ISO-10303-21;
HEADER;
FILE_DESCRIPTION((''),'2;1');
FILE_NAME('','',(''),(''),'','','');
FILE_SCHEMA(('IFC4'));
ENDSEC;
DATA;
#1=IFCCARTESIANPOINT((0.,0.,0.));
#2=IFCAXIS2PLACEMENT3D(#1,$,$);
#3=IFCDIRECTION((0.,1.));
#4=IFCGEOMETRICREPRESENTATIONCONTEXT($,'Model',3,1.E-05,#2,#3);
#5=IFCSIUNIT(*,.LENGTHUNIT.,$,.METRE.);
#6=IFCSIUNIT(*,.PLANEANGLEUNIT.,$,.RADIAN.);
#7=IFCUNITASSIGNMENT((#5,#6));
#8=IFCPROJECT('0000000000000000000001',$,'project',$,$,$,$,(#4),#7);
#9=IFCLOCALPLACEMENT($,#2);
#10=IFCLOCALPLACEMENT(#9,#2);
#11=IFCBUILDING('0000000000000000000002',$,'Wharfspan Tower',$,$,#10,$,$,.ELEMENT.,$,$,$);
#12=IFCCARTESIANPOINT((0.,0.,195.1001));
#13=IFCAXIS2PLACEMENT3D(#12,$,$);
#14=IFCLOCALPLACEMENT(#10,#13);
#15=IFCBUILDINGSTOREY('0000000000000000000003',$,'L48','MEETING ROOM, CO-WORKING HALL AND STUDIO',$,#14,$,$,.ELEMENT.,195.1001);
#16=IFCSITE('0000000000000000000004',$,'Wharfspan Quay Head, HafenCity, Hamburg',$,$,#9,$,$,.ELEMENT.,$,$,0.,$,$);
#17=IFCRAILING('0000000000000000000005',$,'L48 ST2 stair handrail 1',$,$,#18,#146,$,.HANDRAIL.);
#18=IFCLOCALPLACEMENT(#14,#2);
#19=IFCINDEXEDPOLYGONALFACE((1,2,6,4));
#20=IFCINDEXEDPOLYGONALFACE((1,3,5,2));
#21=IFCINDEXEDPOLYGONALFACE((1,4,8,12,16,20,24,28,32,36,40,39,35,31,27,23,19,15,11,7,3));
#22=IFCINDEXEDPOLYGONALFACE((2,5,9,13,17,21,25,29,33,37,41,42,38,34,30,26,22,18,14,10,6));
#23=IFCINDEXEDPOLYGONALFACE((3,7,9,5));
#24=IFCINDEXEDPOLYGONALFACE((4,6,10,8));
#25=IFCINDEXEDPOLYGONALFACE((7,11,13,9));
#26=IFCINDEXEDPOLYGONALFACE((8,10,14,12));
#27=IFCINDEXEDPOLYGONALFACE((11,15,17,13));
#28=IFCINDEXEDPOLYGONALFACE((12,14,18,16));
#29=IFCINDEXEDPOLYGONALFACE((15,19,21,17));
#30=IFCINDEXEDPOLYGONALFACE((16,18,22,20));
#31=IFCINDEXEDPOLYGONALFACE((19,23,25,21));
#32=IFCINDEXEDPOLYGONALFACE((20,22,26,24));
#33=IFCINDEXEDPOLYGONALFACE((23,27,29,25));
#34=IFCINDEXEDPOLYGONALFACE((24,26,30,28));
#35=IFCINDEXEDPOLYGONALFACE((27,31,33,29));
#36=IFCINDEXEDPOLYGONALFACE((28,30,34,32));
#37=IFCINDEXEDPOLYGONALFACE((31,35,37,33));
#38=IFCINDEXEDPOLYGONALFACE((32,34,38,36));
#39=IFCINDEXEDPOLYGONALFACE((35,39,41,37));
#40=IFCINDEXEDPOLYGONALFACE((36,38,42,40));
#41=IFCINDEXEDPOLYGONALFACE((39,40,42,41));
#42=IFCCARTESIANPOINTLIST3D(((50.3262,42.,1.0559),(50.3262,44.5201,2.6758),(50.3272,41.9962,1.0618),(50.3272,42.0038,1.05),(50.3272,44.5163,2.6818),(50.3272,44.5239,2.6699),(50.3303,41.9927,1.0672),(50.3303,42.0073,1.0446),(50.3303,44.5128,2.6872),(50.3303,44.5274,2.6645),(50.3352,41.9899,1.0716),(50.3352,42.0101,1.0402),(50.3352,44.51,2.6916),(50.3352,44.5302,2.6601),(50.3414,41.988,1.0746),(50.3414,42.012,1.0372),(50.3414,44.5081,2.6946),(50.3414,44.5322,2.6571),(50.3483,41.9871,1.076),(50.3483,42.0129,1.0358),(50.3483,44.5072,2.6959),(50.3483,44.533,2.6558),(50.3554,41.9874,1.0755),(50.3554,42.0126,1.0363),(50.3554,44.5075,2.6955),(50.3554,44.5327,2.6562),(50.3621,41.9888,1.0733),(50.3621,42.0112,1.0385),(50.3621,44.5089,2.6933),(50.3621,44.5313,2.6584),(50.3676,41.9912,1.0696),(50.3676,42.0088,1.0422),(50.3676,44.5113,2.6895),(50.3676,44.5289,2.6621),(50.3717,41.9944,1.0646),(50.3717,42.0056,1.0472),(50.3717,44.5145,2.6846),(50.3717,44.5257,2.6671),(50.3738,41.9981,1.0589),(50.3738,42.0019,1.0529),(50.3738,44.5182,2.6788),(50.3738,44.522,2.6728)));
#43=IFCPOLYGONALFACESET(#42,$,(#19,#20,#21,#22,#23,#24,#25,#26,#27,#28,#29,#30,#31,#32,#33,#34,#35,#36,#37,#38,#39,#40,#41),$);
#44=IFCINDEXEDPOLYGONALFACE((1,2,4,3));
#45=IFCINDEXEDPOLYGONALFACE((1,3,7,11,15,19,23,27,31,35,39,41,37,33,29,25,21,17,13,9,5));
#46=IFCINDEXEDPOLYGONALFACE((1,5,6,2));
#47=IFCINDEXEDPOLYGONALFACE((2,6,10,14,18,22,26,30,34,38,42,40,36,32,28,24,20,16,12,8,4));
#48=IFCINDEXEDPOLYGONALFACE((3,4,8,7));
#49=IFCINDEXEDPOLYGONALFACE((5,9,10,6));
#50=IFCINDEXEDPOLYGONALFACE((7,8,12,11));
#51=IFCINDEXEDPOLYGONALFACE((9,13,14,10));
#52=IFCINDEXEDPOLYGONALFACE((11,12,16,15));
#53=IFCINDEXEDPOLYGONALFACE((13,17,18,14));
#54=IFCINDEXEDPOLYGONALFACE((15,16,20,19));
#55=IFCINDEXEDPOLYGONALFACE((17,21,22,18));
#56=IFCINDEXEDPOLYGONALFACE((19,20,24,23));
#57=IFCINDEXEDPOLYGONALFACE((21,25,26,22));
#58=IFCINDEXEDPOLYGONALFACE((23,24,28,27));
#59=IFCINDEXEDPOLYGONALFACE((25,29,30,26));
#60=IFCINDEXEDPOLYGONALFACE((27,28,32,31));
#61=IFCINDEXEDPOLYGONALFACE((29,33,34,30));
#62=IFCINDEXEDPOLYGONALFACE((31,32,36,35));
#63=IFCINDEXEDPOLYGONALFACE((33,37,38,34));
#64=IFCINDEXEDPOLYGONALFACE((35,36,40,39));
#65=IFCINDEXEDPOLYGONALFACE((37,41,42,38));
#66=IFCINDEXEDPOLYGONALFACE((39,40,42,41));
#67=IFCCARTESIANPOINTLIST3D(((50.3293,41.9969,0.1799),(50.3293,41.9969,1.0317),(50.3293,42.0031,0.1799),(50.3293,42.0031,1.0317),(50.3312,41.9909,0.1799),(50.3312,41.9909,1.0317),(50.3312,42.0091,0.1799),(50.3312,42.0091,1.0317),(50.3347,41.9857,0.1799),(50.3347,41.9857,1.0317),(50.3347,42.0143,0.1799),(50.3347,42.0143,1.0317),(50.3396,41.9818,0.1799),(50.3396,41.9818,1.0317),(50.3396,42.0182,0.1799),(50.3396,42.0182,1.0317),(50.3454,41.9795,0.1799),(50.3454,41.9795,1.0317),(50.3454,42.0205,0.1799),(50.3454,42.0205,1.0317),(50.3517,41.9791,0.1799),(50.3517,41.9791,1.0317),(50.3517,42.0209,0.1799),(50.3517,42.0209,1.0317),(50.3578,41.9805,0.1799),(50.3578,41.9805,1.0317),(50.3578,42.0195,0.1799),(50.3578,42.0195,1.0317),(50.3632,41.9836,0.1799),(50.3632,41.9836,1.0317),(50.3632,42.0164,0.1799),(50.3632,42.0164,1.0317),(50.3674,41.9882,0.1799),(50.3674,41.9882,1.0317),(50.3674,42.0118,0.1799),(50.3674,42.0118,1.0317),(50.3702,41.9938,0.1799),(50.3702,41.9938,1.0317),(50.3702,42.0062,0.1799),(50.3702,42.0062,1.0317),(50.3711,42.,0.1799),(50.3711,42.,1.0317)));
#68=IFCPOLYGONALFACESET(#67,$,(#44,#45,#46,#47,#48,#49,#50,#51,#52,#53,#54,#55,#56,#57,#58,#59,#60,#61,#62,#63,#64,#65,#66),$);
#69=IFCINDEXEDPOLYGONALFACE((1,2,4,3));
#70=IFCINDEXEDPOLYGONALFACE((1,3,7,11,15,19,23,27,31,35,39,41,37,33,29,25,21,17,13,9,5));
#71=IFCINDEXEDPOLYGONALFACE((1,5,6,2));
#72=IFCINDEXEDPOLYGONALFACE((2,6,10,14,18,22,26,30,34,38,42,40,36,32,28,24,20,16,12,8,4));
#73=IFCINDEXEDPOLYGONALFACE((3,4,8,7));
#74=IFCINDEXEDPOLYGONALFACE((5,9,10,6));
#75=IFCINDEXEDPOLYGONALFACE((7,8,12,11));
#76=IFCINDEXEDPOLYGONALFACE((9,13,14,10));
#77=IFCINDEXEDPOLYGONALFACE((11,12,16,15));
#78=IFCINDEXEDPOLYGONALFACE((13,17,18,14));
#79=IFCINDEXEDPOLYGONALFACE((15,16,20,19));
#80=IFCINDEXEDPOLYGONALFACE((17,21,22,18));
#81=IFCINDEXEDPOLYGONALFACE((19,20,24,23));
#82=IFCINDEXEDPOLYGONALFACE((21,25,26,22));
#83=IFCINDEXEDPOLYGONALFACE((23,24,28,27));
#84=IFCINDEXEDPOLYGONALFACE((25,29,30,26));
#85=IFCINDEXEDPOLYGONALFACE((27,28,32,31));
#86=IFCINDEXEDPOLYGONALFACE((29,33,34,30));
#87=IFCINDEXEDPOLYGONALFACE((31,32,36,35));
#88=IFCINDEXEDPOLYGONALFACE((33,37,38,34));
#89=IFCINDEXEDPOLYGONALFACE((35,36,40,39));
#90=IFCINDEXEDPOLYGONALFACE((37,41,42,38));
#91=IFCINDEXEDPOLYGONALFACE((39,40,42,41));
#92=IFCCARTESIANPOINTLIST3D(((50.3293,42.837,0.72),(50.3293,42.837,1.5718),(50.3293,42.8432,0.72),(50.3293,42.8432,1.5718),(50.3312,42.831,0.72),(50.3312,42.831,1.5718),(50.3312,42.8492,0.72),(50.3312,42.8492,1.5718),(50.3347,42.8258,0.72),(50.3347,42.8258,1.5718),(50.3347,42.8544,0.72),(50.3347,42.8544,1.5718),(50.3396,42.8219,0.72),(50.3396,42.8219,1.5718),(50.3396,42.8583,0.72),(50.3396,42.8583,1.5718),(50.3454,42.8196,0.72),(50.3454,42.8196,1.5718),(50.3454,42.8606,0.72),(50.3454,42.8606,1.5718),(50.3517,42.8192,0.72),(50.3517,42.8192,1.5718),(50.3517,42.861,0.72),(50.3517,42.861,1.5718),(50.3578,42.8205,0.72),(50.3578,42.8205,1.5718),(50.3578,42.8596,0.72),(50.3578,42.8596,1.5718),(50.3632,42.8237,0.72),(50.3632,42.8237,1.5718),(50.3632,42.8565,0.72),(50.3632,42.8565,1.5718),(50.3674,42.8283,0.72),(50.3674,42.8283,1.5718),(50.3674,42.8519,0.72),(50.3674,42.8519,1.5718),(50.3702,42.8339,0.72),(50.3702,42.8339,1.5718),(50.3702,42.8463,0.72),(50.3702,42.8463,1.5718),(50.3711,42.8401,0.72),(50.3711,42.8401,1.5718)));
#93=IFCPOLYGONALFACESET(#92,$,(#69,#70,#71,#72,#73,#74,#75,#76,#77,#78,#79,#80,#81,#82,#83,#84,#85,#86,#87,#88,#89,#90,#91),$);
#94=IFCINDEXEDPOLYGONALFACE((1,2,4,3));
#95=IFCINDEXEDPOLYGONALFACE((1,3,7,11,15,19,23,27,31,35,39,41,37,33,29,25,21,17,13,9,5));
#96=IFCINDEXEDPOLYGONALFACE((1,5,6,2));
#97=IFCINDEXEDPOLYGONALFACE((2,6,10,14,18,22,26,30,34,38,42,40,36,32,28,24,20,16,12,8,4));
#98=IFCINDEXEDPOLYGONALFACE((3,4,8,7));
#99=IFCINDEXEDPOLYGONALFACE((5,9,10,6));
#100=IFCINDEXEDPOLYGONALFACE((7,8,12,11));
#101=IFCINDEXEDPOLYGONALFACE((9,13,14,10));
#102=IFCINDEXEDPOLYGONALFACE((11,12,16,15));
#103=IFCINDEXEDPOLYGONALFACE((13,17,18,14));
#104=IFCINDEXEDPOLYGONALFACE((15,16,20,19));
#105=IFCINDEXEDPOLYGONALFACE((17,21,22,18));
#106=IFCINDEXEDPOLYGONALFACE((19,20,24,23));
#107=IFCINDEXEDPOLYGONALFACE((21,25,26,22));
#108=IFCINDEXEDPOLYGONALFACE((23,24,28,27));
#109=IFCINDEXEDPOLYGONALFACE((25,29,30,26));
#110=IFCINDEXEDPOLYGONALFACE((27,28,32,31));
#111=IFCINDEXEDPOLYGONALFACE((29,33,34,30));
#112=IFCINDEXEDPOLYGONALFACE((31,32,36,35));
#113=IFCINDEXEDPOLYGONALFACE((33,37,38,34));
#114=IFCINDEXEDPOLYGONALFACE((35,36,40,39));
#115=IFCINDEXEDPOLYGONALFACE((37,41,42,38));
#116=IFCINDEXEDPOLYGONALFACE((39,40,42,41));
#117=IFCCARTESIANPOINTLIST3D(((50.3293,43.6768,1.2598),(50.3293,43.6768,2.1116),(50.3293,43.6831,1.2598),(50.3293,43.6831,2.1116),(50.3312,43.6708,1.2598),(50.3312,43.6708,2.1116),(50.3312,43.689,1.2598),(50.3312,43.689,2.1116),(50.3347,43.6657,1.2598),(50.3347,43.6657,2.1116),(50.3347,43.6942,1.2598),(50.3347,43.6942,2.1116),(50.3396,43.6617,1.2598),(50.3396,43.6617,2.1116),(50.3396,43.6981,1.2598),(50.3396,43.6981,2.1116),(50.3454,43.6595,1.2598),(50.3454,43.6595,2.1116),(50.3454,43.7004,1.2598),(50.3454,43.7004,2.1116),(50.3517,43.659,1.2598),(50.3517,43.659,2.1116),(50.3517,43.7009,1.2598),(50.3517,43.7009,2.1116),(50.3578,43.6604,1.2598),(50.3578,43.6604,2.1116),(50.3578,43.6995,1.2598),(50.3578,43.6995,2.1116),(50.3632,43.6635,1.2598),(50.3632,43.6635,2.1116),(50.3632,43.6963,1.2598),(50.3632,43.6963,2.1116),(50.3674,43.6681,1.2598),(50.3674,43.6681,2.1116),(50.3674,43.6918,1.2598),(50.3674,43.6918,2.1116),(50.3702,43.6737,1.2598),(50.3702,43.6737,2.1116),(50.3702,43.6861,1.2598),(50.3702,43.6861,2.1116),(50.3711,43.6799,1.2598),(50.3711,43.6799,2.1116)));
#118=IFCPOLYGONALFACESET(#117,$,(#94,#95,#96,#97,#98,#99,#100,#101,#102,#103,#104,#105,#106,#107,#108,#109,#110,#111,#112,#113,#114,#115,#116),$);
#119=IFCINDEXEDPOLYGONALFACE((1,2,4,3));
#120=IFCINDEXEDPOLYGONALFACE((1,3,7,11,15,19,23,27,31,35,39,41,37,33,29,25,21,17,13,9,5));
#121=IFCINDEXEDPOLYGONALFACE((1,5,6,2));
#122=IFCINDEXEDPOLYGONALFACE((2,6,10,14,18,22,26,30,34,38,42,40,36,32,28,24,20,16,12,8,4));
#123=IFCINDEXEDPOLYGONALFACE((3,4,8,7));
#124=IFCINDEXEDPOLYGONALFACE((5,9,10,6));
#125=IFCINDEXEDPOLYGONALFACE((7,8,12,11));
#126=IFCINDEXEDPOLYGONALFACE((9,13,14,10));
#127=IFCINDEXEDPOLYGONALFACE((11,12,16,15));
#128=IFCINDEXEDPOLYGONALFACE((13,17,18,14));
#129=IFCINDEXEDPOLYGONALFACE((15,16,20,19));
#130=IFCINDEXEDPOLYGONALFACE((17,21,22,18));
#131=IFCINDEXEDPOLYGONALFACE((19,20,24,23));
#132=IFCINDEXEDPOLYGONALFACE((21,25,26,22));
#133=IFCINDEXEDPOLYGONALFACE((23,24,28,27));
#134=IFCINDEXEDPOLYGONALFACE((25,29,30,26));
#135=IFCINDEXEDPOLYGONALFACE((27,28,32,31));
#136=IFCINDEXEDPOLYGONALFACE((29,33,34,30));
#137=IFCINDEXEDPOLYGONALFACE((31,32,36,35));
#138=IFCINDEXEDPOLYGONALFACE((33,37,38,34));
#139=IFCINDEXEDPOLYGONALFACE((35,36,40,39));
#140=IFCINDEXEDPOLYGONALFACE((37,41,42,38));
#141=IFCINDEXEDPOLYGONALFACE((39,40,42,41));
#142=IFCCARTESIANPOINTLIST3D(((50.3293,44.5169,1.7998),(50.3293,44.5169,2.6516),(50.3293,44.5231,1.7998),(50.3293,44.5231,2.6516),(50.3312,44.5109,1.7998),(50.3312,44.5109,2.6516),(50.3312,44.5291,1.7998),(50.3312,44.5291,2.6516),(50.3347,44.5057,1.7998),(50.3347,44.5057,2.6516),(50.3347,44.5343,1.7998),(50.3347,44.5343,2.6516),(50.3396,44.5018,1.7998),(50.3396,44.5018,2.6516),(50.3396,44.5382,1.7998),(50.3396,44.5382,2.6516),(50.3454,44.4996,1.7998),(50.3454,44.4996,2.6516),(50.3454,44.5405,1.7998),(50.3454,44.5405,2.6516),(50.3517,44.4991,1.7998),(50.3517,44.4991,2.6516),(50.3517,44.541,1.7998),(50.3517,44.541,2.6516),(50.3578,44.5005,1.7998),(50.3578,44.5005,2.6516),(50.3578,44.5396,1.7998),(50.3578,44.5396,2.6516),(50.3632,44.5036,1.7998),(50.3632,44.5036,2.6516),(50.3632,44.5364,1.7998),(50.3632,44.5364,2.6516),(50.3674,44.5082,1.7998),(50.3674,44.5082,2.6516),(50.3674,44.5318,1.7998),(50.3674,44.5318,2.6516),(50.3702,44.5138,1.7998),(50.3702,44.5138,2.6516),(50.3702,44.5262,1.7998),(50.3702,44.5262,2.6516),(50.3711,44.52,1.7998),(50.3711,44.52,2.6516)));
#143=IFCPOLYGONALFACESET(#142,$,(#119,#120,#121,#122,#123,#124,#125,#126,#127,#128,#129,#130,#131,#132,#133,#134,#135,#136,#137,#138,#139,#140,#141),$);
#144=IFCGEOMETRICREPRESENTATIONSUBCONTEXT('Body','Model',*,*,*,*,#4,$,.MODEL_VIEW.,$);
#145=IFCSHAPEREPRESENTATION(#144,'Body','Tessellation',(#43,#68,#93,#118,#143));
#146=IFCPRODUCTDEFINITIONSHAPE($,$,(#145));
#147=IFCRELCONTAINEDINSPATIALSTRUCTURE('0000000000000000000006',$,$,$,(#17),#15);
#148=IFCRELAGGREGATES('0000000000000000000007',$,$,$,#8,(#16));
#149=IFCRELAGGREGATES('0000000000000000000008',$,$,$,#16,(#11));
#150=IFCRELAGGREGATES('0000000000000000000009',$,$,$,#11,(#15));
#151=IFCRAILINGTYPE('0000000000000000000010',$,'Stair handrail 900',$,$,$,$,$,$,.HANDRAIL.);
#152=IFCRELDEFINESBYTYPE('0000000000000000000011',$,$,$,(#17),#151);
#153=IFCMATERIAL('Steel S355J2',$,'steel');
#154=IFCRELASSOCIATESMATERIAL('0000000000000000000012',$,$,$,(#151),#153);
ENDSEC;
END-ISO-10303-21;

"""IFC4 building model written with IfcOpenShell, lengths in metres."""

from ifc_helpers import new_model, si_unit, direction, frame, origin, origin_2d, place, context, subcontext, project, spatial, circle, extrude, material, type_object, element, save


model = new_model("IFC4")

# Units and contexts
model_context = context("Model", 3, precision=1e-05, world=origin(), true_north=direction((0.0, 1.0)))
body_context = subcontext(model_context, "Body", "Model", "MODEL_VIEW")
ifc_project = project(units=[si_unit("LENGTHUNIT", "METRE"), si_unit("PLANEANGLEUNIT", "RADIAN")], contexts=[model_context])

# Site, building, storey
site_placement = place(None, origin())
site = spatial("IfcSite", under=ifc_project, at=site_placement, Name="Wharfspan Quay Head, HafenCity, Hamburg", CompositionType="ELEMENT", RefElevation=0.0)
building_placement = place(site_placement, origin())
building = spatial("IfcBuilding", under=site, at=building_placement, Name="Wharfspan Tower", CompositionType="ELEMENT")
storey_placement = place(building_placement, frame((0.0, 0.0, 195.1001)))
storey = spatial("IfcBuildingStorey", under=building, at=storey_placement, Name="L48", Description="MEETING ROOM, CO-WORKING HALL AND STUDIO", CompositionType="ELEMENT", Elevation=195.1001)

# Shared definitions
ifc_material_1 = material(Name="Steel S355J2", Category="steel")

# Railing
railing_type_1 = type_object("IfcRailingType", Name="Stair handrail 900", PredefinedType="HANDRAIL", material=ifc_material_1)
railing_1_placement = place(storey_placement, frame((50.3501, 42.0, 0.1799)))
element("IfcRailing", 1, at=railing_1_placement, inside=storey, type_object=railing_type_1, Name="L48 ST2 stair handrail 1", PredefinedType="HANDRAIL", context=body_context, shape_type="SweptSolid", body=[
    extrude(circle(Radius=0.0239, at=origin_2d()), frame((0.0, 0.0, 0.876), z_axis=(0.0, 0.8412, 0.540725), x_axis=(-1.0, 0.0, 0.0)), (0.0, 0.0, 1.0), 2.9958),
    extrude(circle(Radius=0.021, at=origin_2d()), origin(), (0.0, 0.0, 1.0), 0.8518),
    extrude(circle(Radius=0.021, at=origin_2d()), frame((0.0, 0.8401, 0.54)), (0.0, 0.0, 1.0), 0.8518),
    extrude(circle(Radius=0.021, at=origin_2d()), frame((0.0, 1.6799, 1.0798)), (0.0, 0.0, 1.0), 0.8518),
    extrude(circle(Radius=0.021, at=origin_2d()), frame((0.0, 2.52, 1.6199)), (0.0, 0.0, 1.0), 0.8518),
])

save(model, "model.ifc")
